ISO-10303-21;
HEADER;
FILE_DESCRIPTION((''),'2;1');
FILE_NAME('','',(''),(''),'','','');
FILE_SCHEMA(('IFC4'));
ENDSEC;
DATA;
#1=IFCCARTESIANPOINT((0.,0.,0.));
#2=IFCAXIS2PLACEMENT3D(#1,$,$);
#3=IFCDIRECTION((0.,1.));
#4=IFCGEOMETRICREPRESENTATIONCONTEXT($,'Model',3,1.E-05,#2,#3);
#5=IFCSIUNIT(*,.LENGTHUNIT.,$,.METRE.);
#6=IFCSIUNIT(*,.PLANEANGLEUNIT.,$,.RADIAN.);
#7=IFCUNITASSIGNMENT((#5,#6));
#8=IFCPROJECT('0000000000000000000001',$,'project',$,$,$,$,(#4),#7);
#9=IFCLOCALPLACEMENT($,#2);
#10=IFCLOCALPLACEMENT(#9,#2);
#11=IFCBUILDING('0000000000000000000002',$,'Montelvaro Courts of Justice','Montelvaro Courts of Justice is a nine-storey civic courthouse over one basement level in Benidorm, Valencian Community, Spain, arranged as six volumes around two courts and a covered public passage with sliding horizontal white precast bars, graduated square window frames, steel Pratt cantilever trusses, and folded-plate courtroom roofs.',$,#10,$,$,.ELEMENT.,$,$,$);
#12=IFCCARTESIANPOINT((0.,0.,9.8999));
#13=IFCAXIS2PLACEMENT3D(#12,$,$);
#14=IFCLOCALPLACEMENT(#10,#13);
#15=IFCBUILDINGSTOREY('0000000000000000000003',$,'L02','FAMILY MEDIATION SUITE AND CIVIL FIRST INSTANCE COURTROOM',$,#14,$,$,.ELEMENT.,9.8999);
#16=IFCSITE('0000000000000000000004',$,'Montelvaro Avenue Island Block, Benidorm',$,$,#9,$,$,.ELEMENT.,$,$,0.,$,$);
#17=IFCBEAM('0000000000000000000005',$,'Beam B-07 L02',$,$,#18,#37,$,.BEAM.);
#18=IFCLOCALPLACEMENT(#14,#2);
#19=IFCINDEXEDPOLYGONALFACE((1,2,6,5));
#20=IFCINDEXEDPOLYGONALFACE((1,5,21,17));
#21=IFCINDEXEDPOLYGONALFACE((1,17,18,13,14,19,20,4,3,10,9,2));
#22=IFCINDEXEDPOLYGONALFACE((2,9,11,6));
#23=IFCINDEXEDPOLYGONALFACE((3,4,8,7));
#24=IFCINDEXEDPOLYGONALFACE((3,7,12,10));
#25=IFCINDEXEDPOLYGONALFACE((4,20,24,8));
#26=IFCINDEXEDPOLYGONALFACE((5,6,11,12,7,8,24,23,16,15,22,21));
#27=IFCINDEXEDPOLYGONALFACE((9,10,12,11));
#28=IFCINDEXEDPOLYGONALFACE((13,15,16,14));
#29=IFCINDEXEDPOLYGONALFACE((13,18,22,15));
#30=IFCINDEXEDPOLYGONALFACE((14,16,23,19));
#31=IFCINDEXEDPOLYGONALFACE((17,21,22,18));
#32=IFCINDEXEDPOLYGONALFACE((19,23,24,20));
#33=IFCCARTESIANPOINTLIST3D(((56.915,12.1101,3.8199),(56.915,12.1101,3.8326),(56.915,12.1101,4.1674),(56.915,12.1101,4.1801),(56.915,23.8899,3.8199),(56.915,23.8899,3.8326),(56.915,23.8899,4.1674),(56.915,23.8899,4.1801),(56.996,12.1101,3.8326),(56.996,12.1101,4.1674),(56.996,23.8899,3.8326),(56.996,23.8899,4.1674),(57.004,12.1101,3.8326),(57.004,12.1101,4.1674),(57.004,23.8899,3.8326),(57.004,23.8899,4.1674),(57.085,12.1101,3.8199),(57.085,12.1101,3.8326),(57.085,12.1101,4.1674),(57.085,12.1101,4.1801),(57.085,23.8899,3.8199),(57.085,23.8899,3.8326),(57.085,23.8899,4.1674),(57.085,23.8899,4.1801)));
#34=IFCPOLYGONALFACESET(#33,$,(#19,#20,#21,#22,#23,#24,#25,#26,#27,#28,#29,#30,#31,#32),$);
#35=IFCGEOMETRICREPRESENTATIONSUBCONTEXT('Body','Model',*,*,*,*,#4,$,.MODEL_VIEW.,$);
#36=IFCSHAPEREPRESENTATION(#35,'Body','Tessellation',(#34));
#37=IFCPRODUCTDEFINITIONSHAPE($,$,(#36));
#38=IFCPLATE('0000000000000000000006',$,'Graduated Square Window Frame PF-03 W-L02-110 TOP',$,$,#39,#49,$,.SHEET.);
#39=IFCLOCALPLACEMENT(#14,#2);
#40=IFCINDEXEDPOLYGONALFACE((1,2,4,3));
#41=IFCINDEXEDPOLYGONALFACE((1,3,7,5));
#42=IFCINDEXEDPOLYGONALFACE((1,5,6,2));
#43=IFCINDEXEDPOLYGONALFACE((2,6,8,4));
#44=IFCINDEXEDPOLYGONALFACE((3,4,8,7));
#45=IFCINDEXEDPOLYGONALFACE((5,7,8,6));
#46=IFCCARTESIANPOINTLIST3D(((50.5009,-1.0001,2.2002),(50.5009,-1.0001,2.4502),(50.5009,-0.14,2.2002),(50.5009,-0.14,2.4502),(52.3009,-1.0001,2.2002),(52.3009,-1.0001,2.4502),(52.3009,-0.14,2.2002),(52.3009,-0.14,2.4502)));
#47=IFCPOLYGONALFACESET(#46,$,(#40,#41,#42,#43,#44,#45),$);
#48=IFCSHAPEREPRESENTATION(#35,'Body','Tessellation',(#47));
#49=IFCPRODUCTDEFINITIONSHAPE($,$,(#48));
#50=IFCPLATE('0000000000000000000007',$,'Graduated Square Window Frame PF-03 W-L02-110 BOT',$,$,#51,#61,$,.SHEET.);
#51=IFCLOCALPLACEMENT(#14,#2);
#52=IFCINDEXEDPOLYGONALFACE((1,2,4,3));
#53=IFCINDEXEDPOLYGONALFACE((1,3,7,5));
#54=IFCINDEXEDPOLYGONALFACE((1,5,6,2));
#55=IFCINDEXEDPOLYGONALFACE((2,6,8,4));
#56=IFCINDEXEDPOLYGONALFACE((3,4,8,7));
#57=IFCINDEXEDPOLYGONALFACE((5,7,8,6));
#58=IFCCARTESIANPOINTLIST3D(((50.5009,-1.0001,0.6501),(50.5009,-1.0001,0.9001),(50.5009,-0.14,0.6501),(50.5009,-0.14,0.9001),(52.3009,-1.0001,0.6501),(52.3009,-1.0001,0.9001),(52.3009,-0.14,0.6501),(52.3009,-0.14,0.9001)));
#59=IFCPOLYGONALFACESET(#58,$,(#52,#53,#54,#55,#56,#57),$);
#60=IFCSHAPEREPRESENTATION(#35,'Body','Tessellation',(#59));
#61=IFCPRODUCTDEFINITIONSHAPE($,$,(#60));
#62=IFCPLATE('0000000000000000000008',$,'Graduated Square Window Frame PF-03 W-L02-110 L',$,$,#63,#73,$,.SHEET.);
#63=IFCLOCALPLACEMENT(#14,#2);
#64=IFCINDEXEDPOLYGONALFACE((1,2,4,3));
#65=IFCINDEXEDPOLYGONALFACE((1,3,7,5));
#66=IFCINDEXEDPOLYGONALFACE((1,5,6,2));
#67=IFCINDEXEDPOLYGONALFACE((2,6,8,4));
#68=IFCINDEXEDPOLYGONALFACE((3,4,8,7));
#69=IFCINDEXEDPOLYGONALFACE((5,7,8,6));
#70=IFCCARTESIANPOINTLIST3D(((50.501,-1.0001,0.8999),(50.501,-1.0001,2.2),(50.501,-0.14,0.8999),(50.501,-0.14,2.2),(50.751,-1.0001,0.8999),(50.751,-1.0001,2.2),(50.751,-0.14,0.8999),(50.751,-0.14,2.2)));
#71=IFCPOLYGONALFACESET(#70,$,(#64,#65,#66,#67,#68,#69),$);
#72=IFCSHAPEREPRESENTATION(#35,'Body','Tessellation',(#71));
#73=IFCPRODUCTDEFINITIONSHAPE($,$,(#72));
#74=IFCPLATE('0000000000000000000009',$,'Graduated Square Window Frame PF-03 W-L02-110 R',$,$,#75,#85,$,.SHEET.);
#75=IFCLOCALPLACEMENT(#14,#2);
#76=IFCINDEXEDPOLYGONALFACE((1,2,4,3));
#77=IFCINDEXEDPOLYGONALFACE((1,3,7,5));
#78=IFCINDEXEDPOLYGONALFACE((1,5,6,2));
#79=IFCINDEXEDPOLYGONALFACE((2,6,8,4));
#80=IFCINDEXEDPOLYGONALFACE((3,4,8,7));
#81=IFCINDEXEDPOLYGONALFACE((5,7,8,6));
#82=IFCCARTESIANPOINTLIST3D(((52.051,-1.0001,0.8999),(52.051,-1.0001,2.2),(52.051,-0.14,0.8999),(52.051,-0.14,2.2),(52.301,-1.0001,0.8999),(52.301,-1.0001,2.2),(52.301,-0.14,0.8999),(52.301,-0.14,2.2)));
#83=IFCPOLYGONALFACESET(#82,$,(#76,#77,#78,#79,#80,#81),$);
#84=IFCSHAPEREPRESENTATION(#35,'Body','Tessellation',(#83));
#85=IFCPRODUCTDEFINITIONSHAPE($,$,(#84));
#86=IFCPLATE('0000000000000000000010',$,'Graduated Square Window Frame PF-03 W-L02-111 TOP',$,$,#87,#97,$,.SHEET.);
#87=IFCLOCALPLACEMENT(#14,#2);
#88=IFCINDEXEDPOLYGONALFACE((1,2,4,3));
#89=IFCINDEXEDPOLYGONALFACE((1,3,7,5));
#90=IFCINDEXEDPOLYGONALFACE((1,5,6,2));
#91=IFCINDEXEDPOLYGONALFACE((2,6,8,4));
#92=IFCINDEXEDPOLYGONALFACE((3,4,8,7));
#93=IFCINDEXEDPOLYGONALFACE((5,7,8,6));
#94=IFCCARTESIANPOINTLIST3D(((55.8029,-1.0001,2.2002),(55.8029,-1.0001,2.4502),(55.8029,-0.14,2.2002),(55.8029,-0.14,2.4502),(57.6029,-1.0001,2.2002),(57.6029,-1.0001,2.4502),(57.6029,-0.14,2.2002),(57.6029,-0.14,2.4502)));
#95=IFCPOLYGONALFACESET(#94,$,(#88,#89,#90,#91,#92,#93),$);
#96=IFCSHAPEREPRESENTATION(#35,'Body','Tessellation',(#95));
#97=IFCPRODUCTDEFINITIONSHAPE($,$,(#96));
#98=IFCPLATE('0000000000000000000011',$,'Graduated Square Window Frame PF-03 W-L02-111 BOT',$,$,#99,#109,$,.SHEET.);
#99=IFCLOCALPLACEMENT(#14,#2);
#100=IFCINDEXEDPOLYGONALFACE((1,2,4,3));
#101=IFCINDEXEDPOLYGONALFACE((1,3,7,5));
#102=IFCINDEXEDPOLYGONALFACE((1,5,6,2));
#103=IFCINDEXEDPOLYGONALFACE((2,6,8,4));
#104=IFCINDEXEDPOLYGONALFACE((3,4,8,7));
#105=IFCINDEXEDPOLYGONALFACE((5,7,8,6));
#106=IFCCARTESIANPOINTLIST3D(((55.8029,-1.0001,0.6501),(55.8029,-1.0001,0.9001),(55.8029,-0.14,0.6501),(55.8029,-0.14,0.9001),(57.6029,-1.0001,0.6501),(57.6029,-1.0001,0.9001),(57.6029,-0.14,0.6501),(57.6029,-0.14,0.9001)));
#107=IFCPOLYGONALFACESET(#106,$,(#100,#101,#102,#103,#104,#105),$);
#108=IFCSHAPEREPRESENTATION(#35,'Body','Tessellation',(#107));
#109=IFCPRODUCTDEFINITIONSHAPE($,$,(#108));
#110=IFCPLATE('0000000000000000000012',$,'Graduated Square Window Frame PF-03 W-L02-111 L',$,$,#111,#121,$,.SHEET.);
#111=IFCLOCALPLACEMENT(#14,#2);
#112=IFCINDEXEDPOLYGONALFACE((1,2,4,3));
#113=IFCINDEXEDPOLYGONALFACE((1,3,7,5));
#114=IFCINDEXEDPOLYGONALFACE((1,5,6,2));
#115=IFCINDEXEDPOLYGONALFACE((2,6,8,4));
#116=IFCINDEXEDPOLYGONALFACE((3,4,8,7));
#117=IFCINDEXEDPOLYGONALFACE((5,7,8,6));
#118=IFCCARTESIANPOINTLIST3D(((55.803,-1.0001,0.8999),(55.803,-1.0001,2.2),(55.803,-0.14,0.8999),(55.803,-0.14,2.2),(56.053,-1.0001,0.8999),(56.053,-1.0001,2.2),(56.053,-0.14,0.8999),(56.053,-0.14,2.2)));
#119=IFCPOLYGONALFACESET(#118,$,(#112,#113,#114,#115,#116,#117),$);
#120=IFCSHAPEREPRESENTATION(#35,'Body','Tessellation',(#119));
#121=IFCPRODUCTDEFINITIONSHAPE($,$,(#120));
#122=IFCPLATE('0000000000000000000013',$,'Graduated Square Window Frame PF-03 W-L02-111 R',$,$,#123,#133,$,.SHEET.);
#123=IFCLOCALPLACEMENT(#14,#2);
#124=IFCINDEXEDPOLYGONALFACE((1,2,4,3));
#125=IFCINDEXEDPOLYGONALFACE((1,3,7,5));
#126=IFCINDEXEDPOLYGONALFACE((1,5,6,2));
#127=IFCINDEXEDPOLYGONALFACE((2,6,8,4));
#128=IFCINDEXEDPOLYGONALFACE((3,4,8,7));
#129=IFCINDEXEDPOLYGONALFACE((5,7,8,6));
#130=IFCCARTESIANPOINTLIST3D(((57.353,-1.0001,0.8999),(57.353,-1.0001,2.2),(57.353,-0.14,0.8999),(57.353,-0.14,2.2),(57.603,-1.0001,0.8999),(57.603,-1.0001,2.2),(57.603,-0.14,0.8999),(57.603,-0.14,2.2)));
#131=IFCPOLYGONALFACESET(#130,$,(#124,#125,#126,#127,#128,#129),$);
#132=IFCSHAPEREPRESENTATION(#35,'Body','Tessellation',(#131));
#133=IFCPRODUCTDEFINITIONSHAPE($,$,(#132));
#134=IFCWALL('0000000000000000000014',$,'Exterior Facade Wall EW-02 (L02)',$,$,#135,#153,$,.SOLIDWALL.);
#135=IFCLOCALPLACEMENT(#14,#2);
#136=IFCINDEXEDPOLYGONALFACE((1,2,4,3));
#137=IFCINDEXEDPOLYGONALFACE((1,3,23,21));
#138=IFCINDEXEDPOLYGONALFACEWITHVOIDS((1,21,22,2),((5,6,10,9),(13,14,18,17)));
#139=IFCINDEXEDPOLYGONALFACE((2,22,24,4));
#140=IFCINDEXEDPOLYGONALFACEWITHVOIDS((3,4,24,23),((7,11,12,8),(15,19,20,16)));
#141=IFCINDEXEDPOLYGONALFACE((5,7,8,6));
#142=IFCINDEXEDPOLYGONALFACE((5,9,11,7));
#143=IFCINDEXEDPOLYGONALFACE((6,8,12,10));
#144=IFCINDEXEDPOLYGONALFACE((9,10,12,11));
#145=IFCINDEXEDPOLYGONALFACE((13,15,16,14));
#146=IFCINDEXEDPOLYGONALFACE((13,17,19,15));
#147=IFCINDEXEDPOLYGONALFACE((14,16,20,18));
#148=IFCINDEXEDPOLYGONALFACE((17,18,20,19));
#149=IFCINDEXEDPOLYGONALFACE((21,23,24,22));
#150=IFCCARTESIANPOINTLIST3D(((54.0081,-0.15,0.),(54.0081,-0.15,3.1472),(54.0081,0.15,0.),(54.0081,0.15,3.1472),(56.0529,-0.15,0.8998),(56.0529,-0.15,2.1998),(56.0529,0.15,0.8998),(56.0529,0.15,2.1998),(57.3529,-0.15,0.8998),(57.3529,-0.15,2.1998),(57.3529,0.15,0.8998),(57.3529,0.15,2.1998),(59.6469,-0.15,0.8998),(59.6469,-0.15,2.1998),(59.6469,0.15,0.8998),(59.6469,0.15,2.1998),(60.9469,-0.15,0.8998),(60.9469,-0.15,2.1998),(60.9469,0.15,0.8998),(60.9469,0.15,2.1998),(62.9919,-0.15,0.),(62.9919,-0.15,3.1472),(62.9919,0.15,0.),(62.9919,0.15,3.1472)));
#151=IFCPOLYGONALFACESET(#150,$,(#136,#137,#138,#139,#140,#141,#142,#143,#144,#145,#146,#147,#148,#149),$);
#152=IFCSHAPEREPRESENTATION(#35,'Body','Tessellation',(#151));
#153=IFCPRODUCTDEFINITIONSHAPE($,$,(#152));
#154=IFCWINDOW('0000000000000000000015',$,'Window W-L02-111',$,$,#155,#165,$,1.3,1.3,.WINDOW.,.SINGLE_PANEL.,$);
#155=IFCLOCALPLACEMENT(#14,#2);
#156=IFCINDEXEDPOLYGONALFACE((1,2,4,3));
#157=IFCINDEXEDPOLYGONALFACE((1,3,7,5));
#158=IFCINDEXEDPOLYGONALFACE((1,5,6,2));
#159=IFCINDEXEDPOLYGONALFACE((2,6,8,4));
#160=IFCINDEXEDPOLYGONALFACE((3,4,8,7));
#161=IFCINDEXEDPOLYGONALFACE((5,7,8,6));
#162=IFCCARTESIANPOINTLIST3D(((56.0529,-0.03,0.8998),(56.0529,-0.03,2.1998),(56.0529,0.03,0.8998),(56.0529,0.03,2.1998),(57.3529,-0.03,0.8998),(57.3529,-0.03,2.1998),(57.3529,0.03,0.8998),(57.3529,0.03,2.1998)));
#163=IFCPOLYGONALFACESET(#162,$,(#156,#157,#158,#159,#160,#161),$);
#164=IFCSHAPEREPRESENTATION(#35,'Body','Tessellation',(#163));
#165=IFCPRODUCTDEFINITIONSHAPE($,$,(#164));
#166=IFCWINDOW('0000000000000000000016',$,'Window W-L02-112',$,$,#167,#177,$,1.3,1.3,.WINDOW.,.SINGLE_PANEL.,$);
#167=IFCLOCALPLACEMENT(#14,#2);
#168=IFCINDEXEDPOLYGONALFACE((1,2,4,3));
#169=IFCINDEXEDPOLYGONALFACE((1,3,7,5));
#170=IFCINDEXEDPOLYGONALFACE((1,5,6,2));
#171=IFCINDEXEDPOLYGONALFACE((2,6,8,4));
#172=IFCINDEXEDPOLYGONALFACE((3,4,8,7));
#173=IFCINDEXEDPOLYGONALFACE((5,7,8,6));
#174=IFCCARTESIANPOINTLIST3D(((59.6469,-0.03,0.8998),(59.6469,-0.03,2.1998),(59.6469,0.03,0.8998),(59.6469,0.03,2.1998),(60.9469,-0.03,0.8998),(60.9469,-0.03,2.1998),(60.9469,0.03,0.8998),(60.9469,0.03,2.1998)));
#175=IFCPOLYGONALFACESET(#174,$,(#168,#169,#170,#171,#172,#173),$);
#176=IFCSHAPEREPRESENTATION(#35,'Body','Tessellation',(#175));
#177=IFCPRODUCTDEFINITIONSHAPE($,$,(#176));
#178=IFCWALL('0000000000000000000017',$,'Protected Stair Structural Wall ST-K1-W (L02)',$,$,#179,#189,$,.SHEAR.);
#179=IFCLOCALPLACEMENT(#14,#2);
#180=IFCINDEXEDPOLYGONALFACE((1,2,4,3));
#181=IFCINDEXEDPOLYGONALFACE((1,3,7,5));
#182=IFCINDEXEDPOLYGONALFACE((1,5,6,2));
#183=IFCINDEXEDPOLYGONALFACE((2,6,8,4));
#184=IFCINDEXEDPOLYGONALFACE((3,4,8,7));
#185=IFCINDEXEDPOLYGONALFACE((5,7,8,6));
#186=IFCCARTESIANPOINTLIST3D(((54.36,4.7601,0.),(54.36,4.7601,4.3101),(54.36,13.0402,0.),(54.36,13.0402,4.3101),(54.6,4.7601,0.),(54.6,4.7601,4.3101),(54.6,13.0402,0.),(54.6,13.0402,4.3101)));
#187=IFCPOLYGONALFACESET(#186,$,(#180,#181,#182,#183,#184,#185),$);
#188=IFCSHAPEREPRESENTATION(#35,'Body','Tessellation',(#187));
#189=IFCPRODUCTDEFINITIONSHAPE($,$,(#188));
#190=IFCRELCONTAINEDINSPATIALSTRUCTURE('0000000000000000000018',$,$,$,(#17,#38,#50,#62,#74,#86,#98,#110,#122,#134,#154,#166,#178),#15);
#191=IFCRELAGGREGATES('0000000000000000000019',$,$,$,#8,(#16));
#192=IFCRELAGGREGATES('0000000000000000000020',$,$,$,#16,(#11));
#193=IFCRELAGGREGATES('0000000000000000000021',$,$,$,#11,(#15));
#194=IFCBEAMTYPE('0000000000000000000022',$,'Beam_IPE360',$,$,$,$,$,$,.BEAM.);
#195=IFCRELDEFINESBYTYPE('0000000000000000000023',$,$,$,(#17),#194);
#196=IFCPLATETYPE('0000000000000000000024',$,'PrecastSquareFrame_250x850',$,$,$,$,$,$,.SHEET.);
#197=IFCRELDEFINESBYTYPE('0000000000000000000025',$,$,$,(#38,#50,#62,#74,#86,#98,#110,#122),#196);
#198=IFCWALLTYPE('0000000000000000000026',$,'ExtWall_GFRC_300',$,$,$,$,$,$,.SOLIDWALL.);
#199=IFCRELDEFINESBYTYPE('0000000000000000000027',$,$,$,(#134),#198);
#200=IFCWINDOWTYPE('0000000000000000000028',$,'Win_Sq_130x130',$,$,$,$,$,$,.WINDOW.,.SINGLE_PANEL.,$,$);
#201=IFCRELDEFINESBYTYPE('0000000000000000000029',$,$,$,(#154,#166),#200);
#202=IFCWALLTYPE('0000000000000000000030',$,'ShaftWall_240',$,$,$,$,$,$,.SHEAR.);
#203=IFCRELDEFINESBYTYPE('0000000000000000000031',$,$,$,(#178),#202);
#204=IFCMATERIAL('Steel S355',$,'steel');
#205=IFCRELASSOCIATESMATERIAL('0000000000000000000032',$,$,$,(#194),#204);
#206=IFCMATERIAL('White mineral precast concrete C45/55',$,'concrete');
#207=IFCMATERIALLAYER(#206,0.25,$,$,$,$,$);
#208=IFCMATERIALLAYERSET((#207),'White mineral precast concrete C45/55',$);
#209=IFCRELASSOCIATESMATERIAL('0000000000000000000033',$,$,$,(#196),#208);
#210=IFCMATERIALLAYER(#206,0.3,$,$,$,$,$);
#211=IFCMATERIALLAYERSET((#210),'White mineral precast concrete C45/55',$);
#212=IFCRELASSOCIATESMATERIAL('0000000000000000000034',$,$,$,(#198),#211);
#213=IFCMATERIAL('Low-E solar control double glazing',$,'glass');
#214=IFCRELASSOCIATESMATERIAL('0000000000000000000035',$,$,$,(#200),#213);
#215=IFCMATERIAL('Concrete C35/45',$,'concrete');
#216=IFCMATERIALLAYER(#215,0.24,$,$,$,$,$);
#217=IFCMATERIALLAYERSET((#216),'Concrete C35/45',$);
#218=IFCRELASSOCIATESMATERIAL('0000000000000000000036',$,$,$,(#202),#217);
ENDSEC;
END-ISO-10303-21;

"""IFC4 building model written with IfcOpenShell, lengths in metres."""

from ifc_helpers import new_model, si_unit, direction, frame, frame_2d, origin, origin_2d, place, context, subcontext, project, spatial, rectangle, i_section, extrude, material, layer, layer_set, material_profile, profile_set, type_object, element, fill, save


model = new_model("IFC4")

# Units and contexts
model_context = context("Model", 3, precision=1e-05, world=origin(), true_north=direction((0.0, 1.0)))
body_context = subcontext(model_context, "Body", "Model", "MODEL_VIEW")
ifc_project = project(units=[si_unit("LENGTHUNIT", "METRE"), si_unit("PLANEANGLEUNIT", "RADIAN")], contexts=[model_context])

# Site, building, storey
site_placement = place(None, origin())
site = spatial("IfcSite", under=ifc_project, at=site_placement, Name="Montelvaro Avenue Island Block, Benidorm", CompositionType="ELEMENT", RefElevation=0.0)
building_placement = place(site_placement, origin())
building = spatial("IfcBuilding", under=site, at=building_placement, Name="Montelvaro Courts of Justice", Description="Montelvaro Courts of Justice is a nine-storey civic courthouse over one basement level in Benidorm, Valencian Community, Spain, arranged as six volumes around two courts and a covered public passage with sliding horizontal white precast bars, graduated square window frames, steel Pratt cantilever trusses, and folded-plate courtroom roofs.", CompositionType="ELEMENT")
storey_placement = place(building_placement, frame((0.0, 0.0, 9.8999)))
storey = spatial("IfcBuildingStorey", under=building, at=storey_placement, Name="L02", Description="FAMILY MEDIATION SUITE AND CIVIL FIRST INSTANCE COURTROOM", CompositionType="ELEMENT", Elevation=9.8999)

# Shared definitions
ifc_material_1 = material(Name="Steel S355", Category="steel")

# Beam
ifc_material_profile_1 = material_profile(ifc_material_1, i_section(OverallWidth=0.1699, OverallDepth=0.3601, WebThickness=0.0081, FlangeThickness=0.0127, at=origin_2d()), Name="IPE 360")
ifc_profile_set_1 = profile_set([ifc_material_profile_1], Name="Steel S355")
beam_type_1 = type_object("IfcBeamType", Name="Beam_IPE360", PredefinedType="BEAM", material=ifc_profile_set_1)
for number, where, z_axis, x_axis, name in (
    (1, (57.0, 12.1101, 4.0), (0.0, 1.0, 0.0), (-1.0, 0.0, 0.0), "Beam B-07 L02"),
):
    element("IfcBeam", number, at=place(storey_placement, frame(where, z_axis=z_axis, x_axis=x_axis)), inside=storey, type_object=beam_type_1, Name=name, PredefinedType="BEAM", context=body_context, shape_type="SweptSolid", body=[
        extrude(i_section(OverallWidth=0.1699, OverallDepth=0.3601, WebThickness=0.0081, FlangeThickness=0.0127, at=origin_2d()), origin(), (0.0, 0.0, 1.0), 11.7798),
    ])

# Plates
ifc_material_2 = material(Name="White mineral precast concrete C45/55", Category="concrete")
ifc_layer_1 = layer(ifc_material_2, 0.25)
ifc_layer_set_1 = layer_set([ifc_layer_1], Name="White mineral precast concrete C45/55")
plate_type = type_object("IfcPlateType", Name="PrecastSquareFrame_250x850", PredefinedType="SHEET", material=ifc_layer_set_1)
for number, where, z_axis, x_axis, name in (
    (2, (51.4009, -0.5701, 2.2002), (0.0, 0.0, 1.0), (1.0, 0.0, 0.0), "Graduated Square Window Frame PF-03 W-L02-110 TOP"),
    (3, (51.4009, -0.5701, 0.6501), (0.0, 0.0, 1.0), (1.0, 0.0, 0.0), "Graduated Square Window Frame PF-03 W-L02-110 BOT"),
):
    element("IfcPlate", number, at=place(storey_placement, frame(where, z_axis=z_axis, x_axis=x_axis)), inside=storey, type_object=plate_type, Name=name, PredefinedType="SHEET", context=body_context, shape_type="SweptSolid", body=[
        extrude(rectangle(XDim=1.8, YDim=0.8601, at=origin_2d()), origin(), (0.0, 0.0, 1.0), 0.25),
    ])
for number, where, z_axis, x_axis, name in (
    (4, (50.626, -0.5701, 0.8999), (0.0, 0.0, 1.0), (1.0, 0.0, 0.0), "Graduated Square Window Frame PF-03 W-L02-110 L"),
    (5, (52.176, -0.5701, 0.8999), (0.0, 0.0, 1.0), (1.0, 0.0, 0.0), "Graduated Square Window Frame PF-03 W-L02-110 R"),
):
    element("IfcPlate", number, at=place(storey_placement, frame(where, z_axis=z_axis, x_axis=x_axis)), inside=storey, type_object=plate_type, Name=name, PredefinedType="SHEET", context=body_context, shape_type="SweptSolid", body=[
        extrude(rectangle(XDim=0.25, YDim=0.8601, at=origin_2d()), origin(), (0.0, 0.0, 1.0), 1.3),
    ])
for number, where, z_axis, x_axis, name in (
    (6, (56.7029, -0.5701, 2.2002), (0.0, 0.0, 1.0), (1.0, 0.0, 0.0), "Graduated Square Window Frame PF-03 W-L02-111 TOP"),
    (7, (56.7029, -0.5701, 0.6501), (0.0, 0.0, 1.0), (1.0, 0.0, 0.0), "Graduated Square Window Frame PF-03 W-L02-111 BOT"),
):
    element("IfcPlate", number, at=place(storey_placement, frame(where, z_axis=z_axis, x_axis=x_axis)), inside=storey, type_object=plate_type, Name=name, PredefinedType="SHEET", context=body_context, shape_type="SweptSolid", body=[
        extrude(rectangle(XDim=1.8, YDim=0.8601, at=origin_2d()), origin(), (0.0, 0.0, 1.0), 0.25),
    ])
for number, where, z_axis, x_axis, name in (
    (8, (55.928, -0.5701, 0.8999), (0.0, 0.0, 1.0), (1.0, 0.0, 0.0), "Graduated Square Window Frame PF-03 W-L02-111 L"),
    (9, (57.478, -0.5701, 0.8999), (0.0, 0.0, 1.0), (1.0, 0.0, 0.0), "Graduated Square Window Frame PF-03 W-L02-111 R"),
):
    element("IfcPlate", number, at=place(storey_placement, frame(where, z_axis=z_axis, x_axis=x_axis)), inside=storey, type_object=plate_type, Name=name, PredefinedType="SHEET", context=body_context, shape_type="SweptSolid", body=[
        extrude(rectangle(XDim=0.25, YDim=0.8601, at=origin_2d()), origin(), (0.0, 0.0, 1.0), 1.3),
    ])

# Wall, openings, windows
ifc_layer_2 = layer(ifc_material_2, 0.3)
ifc_layer_set_2 = layer_set([ifc_layer_2], Name="White mineral precast concrete C45/55")
wall_type_1 = type_object("IfcWallType", Name="ExtWall_GFRC_300", PredefinedType="SOLIDWALL", material=ifc_layer_set_2)
wall_1_placement = place(storey_placement, frame((54.0081, 0.0, 0.0), z_axis=(0.0, 0.0, 1.0), x_axis=(1.0, 0.0, 0.0)))
wall_1 = element("IfcWall", 10, at=wall_1_placement, inside=storey, type_object=wall_type_1, Name="Exterior Facade Wall EW-02 (L02)", PredefinedType="SOLIDWALL", context=body_context, shape_type="SweptSolid", body=[
    extrude(rectangle(XDim=8.9839, YDim=0.3, at=frame_2d((4.4919, 0.0))), origin(), (0.0, 0.0, 1.0), 3.1472),
])
opening_1_placement = place(wall_1_placement, frame((2.0449, 0.0, 0.8999)))
opening_1 = element("IfcOpeningElement", 11, at=opening_1_placement, cuts=wall_1, PredefinedType="OPENING", context=body_context, shape_type="SweptSolid", body=[
    extrude(rectangle(XDim=1.3, YDim=1.3, at=frame_2d((0.6499, 0.6499))), frame((0.0, 0.165, 0.0), z_axis=(0.0, -1.0, 0.0), x_axis=(1.0, 0.0, 0.0)), (0.0, 0.0, 1.0), 0.3298),
])
opening_2_placement = place(wall_1_placement, frame((5.6389, 0.0, 0.8999)))
opening_2 = element("IfcOpeningElement", 12, at=opening_2_placement, cuts=wall_1, PredefinedType="OPENING", context=body_context, shape_type="SweptSolid", body=[
    extrude(rectangle(XDim=1.3, YDim=1.3, at=frame_2d((0.6499, 0.6499))), frame((0.0, 0.165, 0.0), z_axis=(0.0, -1.0, 0.0), x_axis=(1.0, 0.0, 0.0)), (0.0, 0.0, 1.0), 0.3298),
])
ifc_material_3 = material(Name="Low-E solar control double glazing", Category="glass")
window_type = type_object("IfcWindowType", Name="Win_Sq_130x130", PartitioningType="SINGLE_PANEL", PredefinedType="WINDOW", material=ifc_material_3)
window_1_placement = place(opening_1_placement, origin())
window_1 = element("IfcWindow", 13, at=window_1_placement, inside=storey, type_object=window_type, Name="Window W-L02-111", OverallHeight=1.3, OverallWidth=1.3, PartitioningType="SINGLE_PANEL", PredefinedType="WINDOW", context=body_context, shape_type="SweptSolid", body=[
    extrude(rectangle(XDim=1.3, YDim=1.3, at=frame_2d((0.6499, 0.6499))), frame((0.0, 0.03, 0.0), z_axis=(0.0, -1.0, 0.0), x_axis=(1.0, 0.0, 0.0)), (0.0, 0.0, 1.0), 0.0601),
])
fill(opening_1, window_1)
window_2_placement = place(opening_2_placement, origin())
window_2 = element("IfcWindow", 14, at=window_2_placement, inside=storey, type_object=window_type, Name="Window W-L02-112", OverallHeight=1.3, OverallWidth=1.3, PartitioningType="SINGLE_PANEL", PredefinedType="WINDOW", context=body_context, shape_type="SweptSolid", body=[
    extrude(rectangle(XDim=1.3, YDim=1.3, at=frame_2d((0.6499, 0.6499))), frame((0.0, 0.03, 0.0), z_axis=(0.0, -1.0, 0.0), x_axis=(1.0, 0.0, 0.0)), (0.0, 0.0, 1.0), 0.0601),
])
fill(opening_2, window_2)

# Wall
ifc_material_4 = material(Name="Concrete C35/45", Category="concrete")
ifc_layer_3 = layer(ifc_material_4, 0.24)
ifc_layer_set_3 = layer_set([ifc_layer_3], Name="Concrete C35/45")
wall_type_2 = type_object("IfcWallType", Name="ShaftWall_240", PredefinedType="SHEAR", material=ifc_layer_set_3)
wall_2_placement = place(storey_placement, frame((54.48, 4.76, 0.0), z_axis=(0.0, 0.0, 1.0), x_axis=(0.0, 1.0, 0.0)))
element("IfcWall", 15, at=wall_2_placement, inside=storey, type_object=wall_type_2, Name="Protected Stair Structural Wall ST-K1-W (L02)", PredefinedType="SHEAR", context=body_context, shape_type="SweptSolid", body=[
    extrude(rectangle(XDim=8.28, YDim=0.24, at=frame_2d((4.1401, 0.0))), origin(), (0.0, 0.0, 1.0), 4.3101),
])

save(model, "model.ifc")
